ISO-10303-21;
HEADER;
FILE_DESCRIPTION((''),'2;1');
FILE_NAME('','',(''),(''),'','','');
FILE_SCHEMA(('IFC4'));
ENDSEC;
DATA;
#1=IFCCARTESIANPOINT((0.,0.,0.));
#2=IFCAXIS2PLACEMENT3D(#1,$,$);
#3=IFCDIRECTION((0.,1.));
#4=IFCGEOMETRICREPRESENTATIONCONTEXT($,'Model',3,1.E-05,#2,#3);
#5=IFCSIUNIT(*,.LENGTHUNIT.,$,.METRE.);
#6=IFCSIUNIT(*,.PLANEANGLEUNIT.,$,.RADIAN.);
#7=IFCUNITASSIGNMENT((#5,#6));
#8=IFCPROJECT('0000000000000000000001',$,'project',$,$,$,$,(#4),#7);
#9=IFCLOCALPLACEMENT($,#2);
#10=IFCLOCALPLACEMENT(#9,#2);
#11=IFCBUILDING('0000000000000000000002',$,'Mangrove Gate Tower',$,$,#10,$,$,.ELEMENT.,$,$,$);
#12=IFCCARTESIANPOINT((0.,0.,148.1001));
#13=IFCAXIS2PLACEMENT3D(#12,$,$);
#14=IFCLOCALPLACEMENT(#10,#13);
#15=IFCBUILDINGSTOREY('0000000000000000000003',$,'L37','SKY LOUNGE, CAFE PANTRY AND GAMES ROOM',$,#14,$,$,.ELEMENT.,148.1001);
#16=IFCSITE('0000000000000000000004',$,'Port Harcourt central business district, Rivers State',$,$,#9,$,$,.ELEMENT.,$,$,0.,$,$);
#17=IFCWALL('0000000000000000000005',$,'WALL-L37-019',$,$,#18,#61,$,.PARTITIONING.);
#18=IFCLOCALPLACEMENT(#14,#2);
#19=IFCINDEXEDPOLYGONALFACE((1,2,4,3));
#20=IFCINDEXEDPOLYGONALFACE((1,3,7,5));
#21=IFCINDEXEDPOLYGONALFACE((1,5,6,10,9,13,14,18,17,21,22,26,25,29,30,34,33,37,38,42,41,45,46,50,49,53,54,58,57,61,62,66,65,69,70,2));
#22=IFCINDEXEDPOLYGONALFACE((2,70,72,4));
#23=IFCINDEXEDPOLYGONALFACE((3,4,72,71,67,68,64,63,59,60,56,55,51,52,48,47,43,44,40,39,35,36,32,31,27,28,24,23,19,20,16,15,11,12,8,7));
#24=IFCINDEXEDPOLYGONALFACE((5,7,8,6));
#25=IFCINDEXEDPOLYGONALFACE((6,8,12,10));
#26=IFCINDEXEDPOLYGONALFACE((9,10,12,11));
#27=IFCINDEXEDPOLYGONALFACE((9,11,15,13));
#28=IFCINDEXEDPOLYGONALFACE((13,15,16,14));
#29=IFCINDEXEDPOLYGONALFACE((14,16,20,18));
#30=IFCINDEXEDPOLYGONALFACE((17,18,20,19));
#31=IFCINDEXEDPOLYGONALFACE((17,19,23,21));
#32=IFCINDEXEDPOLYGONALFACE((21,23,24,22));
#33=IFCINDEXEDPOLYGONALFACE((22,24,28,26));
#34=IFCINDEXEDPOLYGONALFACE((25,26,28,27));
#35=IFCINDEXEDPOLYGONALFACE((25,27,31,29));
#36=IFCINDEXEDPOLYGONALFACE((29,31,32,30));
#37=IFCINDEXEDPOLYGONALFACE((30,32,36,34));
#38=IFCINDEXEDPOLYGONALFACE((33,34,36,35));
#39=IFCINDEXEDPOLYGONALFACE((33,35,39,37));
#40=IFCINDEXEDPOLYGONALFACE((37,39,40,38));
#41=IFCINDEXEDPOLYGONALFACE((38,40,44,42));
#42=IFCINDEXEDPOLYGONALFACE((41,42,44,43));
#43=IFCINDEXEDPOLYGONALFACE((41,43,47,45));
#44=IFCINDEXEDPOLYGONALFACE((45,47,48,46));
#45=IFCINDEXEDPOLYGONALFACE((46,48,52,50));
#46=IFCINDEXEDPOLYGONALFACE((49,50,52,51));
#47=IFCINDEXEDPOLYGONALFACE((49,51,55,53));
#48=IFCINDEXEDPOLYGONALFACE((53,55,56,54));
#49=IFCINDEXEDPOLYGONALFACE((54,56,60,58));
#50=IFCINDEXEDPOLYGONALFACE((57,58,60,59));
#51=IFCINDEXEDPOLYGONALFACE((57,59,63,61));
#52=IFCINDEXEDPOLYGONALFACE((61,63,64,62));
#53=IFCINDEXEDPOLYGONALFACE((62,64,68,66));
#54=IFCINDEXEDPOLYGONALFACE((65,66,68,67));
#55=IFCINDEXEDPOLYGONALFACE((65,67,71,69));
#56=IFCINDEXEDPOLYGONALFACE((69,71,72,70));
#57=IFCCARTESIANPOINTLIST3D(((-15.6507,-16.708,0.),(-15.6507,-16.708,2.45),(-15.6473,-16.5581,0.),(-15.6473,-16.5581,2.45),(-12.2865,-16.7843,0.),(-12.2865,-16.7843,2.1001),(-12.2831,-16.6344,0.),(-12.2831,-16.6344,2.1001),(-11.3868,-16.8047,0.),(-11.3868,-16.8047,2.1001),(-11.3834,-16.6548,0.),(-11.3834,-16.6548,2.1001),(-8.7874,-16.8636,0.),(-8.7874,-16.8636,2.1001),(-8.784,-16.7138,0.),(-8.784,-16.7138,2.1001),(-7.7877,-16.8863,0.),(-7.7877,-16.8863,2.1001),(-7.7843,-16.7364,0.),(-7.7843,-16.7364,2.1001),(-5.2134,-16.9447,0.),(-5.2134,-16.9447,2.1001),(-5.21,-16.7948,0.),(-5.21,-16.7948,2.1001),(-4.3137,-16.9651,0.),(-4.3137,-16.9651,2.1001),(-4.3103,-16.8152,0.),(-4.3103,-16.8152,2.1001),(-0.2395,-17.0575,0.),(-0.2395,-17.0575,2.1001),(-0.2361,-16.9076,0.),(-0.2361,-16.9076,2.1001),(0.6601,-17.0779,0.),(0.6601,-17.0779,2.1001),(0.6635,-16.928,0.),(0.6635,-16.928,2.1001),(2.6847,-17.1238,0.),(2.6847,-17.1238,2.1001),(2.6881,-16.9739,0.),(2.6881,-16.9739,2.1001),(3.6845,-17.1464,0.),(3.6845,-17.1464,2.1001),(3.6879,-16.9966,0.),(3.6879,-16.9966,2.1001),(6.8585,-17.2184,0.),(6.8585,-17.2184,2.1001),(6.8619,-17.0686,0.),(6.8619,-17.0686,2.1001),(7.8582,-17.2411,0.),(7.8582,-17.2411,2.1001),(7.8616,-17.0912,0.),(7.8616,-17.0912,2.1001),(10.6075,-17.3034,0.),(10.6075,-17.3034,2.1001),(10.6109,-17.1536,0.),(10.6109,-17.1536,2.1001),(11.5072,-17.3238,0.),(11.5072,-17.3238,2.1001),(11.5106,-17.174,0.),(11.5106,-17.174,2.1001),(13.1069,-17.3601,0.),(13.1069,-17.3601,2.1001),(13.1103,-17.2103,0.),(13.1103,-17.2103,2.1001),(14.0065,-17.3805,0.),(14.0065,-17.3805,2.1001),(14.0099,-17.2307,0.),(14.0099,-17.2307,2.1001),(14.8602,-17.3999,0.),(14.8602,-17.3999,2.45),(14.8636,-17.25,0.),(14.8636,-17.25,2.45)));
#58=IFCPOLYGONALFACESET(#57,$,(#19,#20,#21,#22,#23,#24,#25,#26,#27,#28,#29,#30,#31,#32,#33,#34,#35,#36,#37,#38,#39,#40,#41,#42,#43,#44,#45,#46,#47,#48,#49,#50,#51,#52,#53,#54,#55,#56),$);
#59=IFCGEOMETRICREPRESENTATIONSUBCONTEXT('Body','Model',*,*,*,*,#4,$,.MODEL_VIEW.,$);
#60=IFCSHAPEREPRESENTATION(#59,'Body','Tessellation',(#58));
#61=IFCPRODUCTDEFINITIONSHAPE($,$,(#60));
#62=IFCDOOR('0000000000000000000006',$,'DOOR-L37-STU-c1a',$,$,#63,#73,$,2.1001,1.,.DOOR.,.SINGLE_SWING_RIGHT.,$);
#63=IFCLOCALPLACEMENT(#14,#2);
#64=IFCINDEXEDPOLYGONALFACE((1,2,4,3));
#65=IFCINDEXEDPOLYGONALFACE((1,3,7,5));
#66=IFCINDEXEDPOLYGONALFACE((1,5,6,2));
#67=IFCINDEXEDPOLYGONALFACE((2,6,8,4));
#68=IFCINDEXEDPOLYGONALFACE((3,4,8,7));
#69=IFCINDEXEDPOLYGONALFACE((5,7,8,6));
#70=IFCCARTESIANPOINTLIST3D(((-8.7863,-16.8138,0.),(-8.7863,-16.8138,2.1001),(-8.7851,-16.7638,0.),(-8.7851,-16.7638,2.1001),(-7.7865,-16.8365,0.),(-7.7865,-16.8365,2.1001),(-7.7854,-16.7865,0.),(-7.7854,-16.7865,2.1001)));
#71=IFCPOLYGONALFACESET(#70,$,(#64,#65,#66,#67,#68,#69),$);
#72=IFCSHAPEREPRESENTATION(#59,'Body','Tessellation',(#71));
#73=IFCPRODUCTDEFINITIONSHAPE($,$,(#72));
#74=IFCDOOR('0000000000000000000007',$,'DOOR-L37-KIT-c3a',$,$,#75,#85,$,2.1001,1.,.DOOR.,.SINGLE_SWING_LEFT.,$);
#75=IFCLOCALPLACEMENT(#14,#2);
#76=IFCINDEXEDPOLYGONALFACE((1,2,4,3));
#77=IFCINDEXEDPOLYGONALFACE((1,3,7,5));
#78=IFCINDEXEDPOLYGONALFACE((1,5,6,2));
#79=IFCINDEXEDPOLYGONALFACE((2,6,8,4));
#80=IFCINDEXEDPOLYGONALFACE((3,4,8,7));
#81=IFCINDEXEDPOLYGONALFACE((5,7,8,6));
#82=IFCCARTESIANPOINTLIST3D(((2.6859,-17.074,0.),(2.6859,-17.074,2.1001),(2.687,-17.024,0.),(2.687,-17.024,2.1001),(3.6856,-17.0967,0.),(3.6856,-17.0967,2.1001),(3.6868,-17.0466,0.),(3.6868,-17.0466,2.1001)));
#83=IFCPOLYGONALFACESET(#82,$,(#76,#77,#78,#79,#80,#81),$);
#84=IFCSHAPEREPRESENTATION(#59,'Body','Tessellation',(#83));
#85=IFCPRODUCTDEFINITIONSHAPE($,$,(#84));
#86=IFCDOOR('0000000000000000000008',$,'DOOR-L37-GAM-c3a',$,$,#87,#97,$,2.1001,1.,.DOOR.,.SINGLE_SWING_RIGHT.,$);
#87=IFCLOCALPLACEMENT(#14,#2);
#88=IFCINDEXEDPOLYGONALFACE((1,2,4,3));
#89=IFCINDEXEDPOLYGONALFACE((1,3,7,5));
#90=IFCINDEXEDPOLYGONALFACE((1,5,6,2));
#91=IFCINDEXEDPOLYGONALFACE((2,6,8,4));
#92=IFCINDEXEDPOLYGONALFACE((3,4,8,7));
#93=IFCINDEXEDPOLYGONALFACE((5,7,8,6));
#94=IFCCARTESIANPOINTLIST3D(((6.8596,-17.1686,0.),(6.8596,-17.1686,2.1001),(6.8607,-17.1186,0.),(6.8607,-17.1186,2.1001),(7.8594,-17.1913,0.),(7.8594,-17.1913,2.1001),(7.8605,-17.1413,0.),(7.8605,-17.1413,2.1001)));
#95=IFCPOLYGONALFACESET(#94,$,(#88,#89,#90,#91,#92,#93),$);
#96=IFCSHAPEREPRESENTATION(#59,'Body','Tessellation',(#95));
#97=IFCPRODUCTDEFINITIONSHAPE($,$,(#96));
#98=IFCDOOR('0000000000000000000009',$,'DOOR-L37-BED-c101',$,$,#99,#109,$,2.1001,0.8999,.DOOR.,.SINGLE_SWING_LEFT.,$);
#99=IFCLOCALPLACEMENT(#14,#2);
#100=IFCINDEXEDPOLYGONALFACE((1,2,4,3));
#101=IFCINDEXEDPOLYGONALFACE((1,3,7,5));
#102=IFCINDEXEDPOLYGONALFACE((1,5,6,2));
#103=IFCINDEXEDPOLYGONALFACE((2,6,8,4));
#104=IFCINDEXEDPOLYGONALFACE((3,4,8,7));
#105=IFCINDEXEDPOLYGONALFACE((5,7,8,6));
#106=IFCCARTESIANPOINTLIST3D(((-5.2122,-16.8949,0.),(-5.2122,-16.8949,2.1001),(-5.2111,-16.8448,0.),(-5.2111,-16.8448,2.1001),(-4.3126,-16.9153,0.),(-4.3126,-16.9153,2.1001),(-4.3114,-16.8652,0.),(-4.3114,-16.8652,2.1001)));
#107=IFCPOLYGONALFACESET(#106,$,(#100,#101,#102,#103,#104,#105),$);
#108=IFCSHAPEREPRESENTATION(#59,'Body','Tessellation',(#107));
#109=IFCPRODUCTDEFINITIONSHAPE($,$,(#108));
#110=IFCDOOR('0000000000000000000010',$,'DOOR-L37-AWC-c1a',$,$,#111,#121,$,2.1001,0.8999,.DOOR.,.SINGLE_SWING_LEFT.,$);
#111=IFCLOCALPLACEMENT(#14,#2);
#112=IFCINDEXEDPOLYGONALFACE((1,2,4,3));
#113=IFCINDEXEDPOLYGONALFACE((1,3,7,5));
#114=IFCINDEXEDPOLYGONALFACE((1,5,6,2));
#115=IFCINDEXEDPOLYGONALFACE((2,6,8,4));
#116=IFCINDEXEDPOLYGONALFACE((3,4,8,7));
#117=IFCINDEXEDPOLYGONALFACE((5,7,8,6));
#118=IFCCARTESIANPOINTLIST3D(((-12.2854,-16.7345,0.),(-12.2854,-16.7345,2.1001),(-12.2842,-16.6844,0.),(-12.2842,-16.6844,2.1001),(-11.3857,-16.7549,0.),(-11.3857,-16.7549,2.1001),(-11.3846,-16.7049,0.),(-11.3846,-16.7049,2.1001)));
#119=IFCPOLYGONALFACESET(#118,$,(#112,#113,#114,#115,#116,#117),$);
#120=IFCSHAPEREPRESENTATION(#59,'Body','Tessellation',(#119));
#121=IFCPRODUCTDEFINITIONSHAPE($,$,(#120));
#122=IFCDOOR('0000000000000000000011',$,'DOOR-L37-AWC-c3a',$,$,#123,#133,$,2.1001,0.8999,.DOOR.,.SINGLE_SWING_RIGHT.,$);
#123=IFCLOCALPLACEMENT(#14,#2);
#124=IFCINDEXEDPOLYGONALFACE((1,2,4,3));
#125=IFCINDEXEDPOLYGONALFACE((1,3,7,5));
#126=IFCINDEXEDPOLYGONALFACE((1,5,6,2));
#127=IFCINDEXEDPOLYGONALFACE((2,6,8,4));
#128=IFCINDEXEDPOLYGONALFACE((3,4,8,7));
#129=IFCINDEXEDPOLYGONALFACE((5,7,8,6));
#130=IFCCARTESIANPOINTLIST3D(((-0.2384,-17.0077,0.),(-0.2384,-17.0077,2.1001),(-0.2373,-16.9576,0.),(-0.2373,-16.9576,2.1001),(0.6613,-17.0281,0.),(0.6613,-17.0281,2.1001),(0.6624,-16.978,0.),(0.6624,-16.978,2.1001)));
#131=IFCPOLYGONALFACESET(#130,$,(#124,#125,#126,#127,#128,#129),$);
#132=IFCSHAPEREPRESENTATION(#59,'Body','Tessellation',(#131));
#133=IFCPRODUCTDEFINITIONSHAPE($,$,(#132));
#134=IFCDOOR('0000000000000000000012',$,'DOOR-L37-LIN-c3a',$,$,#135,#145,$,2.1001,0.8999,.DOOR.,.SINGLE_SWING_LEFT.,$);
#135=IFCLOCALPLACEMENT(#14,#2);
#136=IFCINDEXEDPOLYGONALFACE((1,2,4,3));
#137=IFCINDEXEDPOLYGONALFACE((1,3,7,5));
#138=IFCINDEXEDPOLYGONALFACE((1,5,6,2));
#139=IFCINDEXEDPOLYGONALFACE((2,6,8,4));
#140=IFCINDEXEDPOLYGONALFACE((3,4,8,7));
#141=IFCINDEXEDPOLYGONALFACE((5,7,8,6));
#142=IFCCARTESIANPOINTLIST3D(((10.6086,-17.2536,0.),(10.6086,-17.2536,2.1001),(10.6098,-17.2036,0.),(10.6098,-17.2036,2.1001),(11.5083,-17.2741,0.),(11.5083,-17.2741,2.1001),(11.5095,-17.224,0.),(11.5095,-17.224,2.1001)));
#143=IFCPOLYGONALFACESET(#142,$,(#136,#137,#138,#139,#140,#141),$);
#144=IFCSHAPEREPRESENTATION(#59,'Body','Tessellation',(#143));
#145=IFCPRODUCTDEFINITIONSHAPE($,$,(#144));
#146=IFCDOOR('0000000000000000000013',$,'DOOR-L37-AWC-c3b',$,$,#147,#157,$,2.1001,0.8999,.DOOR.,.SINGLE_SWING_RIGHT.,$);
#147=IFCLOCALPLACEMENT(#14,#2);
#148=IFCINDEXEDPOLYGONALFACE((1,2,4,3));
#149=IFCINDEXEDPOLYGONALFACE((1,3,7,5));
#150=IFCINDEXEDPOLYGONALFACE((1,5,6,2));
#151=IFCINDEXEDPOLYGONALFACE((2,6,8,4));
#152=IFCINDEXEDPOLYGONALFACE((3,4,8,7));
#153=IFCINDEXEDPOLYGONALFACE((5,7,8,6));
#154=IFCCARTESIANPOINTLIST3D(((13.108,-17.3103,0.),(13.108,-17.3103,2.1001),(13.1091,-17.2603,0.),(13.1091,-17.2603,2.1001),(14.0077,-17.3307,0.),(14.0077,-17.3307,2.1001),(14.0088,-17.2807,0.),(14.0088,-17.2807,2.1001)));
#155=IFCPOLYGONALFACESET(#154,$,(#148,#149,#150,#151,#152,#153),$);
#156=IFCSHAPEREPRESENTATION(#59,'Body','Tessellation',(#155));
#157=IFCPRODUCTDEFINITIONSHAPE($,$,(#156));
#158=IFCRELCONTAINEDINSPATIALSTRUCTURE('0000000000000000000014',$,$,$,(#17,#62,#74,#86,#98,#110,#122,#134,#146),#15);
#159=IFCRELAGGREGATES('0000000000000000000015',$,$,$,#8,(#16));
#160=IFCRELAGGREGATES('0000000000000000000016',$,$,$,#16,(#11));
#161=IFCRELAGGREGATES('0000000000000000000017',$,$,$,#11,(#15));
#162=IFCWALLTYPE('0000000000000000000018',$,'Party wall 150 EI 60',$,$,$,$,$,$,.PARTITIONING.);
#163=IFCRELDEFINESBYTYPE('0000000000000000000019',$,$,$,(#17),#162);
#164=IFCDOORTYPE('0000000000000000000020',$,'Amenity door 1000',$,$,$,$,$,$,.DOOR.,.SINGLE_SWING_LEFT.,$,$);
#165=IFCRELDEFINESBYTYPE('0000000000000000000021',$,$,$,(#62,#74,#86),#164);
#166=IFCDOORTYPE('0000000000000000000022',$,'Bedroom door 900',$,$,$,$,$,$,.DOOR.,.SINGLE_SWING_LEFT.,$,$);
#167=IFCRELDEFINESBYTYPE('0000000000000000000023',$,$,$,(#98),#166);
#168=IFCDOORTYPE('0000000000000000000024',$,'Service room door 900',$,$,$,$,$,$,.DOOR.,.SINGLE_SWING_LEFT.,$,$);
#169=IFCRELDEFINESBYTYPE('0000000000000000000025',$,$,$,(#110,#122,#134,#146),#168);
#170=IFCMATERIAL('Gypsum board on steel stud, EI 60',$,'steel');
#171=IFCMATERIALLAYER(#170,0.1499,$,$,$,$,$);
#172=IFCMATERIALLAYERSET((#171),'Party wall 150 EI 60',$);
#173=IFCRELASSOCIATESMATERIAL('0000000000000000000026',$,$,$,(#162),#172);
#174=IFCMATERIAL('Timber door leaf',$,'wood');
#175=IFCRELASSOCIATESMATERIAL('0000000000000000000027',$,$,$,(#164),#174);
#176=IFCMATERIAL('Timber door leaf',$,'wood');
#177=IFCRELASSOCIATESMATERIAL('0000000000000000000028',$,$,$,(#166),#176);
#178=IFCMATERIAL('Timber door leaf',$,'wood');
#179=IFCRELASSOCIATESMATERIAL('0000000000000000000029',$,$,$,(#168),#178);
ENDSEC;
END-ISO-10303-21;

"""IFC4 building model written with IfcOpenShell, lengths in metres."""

from ifc_helpers import new_model, si_unit, direction, frame, frame_2d, origin, place, context, subcontext, project, spatial, rectangle, extrude, material, layer, layer_set, type_object, element, fill, save


model = new_model("IFC4")

# Units and contexts
model_context = context("Model", 3, precision=1e-05, world=origin(), true_north=direction((0.0, 1.0)))
body_context = subcontext(model_context, "Body", "Model", "MODEL_VIEW")
ifc_project = project(units=[si_unit("LENGTHUNIT", "METRE"), si_unit("PLANEANGLEUNIT", "RADIAN")], contexts=[model_context])

# Site, building, storey
site_placement = place(None, origin())
site = spatial("IfcSite", under=ifc_project, at=site_placement, Name="Port Harcourt central business district, Rivers State", CompositionType="ELEMENT", RefElevation=0.0)
building_placement = place(site_placement, origin())
building = spatial("IfcBuilding", under=site, at=building_placement, Name="Mangrove Gate Tower", CompositionType="ELEMENT")
storey_placement = place(building_placement, frame((0.0, 0.0, 148.1001)))
storey = spatial("IfcBuildingStorey", under=building, at=storey_placement, Name="L37", Description="SKY LOUNGE, CAFE PANTRY AND GAMES ROOM", CompositionType="ELEMENT", Elevation=148.1001)

# Shared definitions
ifc_material_1 = material(Name="Gypsum board on steel stud, EI 60", Category="steel")
ifc_layer_1 = layer(ifc_material_1, 0.1499)
ifc_layer_set_1 = layer_set([ifc_layer_1], Name="Party wall 150 EI 60")
wall_type_1 = type_object("IfcWallType", Name="Party wall 150 EI 60", PredefinedType="PARTITIONING", material=ifc_layer_set_1)

# Wall, openings, doors
wall_1_placement = place(storey_placement, frame((-15.6489, -16.6331, 0.0), z_axis=(0.0, 0.0, 1.0), x_axis=(0.999743, -0.022671, 0.0)))
wall_1 = element("IfcWall", 1, at=wall_1_placement, inside=storey, type_object=wall_type_1, Name="WALL-L37-019", PredefinedType="PARTITIONING", context=body_context, shape_type="SweptSolid", body=[
    extrude(rectangle(XDim=30.5188, YDim=0.1499, at=frame_2d((15.2593, 0.0))), origin(), (0.0, 0.0, 1.0), 2.45),
])
opening_1_placement = place(wall_1_placement, frame((3.365, 0.0, 0.0)))
opening_1 = element("IfcOpeningElement", 2, at=opening_1_placement, cuts=wall_1, PredefinedType="OPENING", context=body_context, shape_type="SweptSolid", body=[
    extrude(rectangle(XDim=0.8999, YDim=2.1001, at=frame_2d((0.45, 1.05))), frame((0.0, 0.085, 0.0), z_axis=(0.0, -1.0, 0.0), x_axis=(1.0, 0.0, 0.0)), (0.0, 0.0, 1.0), 0.1699),
])
opening_2_placement = place(wall_1_placement, frame((6.865, 0.0, 0.0)))
opening_2 = element("IfcOpeningElement", 3, at=opening_2_placement, cuts=wall_1, PredefinedType="OPENING", context=body_context, shape_type="SweptSolid", body=[
    extrude(rectangle(XDim=1.0, YDim=2.1001, at=frame_2d((0.5, 1.05))), frame((0.0, 0.085, 0.0), z_axis=(0.0, -1.0, 0.0), x_axis=(1.0, 0.0, 0.0)), (0.0, 0.0, 1.0), 0.1699),
])
opening_3_placement = place(wall_1_placement, frame((10.4399, 0.0, 0.0)))
opening_3 = element("IfcOpeningElement", 4, at=opening_3_placement, cuts=wall_1, PredefinedType="OPENING", context=body_context, shape_type="SweptSolid", body=[
    extrude(rectangle(XDim=0.8999, YDim=2.1001, at=frame_2d((0.45, 1.05))), frame((0.0, 0.085, 0.0), z_axis=(0.0, -1.0, 0.0), x_axis=(1.0, 0.0, 0.0)), (0.0, 0.0, 1.0), 0.1699),
])
opening_4_placement = place(wall_1_placement, frame((18.3401, 0.0, 0.0)))
opening_4 = element("IfcOpeningElement", 5, at=opening_4_placement, cuts=wall_1, PredefinedType="OPENING", context=body_context, shape_type="SweptSolid", body=[
    extrude(rectangle(XDim=1.0, YDim=2.1001, at=frame_2d((0.5, 1.05))), frame((0.0, 0.085, 0.0), z_axis=(0.0, -1.0, 0.0), x_axis=(1.0, 0.0, 0.0)), (0.0, 0.0, 1.0), 0.1699),
])
opening_5_placement = place(wall_1_placement, frame((15.415, 0.0, 0.0)))
opening_5 = element("IfcOpeningElement", 6, at=opening_5_placement, cuts=wall_1, PredefinedType="OPENING", context=body_context, shape_type="SweptSolid", body=[
    extrude(rectangle(XDim=0.8999, YDim=2.1001, at=frame_2d((0.45, 1.05))), frame((0.0, 0.085, 0.0), z_axis=(0.0, -1.0, 0.0), x_axis=(1.0, 0.0, 0.0)), (0.0, 0.0, 1.0), 0.1699),
])
opening_6_placement = place(wall_1_placement, frame((22.5149, 0.0, 0.0)))
opening_6 = element("IfcOpeningElement", 7, at=opening_6_placement, cuts=wall_1, PredefinedType="OPENING", context=body_context, shape_type="SweptSolid", body=[
    extrude(rectangle(XDim=1.0, YDim=2.1001, at=frame_2d((0.5, 1.05))), frame((0.0, 0.085, 0.0), z_axis=(0.0, -1.0, 0.0), x_axis=(1.0, 0.0, 0.0)), (0.0, 0.0, 1.0), 0.1699),
])
opening_7_placement = place(wall_1_placement, frame((26.2649, 0.0, 0.0)))
opening_7 = element("IfcOpeningElement", 8, at=opening_7_placement, cuts=wall_1, PredefinedType="OPENING", context=body_context, shape_type="SweptSolid", body=[
    extrude(rectangle(XDim=0.8999, YDim=2.1001, at=frame_2d((0.45, 1.05))), frame((0.0, 0.085, 0.0), z_axis=(0.0, -1.0, 0.0), x_axis=(1.0, 0.0, 0.0)), (0.0, 0.0, 1.0), 0.1699),
])
opening_8_placement = place(wall_1_placement, frame((28.7649, 0.0, 0.0)))
opening_8 = element("IfcOpeningElement", 9, at=opening_8_placement, cuts=wall_1, PredefinedType="OPENING", context=body_context, shape_type="SweptSolid", body=[
    extrude(rectangle(XDim=0.8999, YDim=2.1001, at=frame_2d((0.45, 1.05))), frame((0.0, 0.085, 0.0), z_axis=(0.0, -1.0, 0.0), x_axis=(1.0, 0.0, 0.0)), (0.0, 0.0, 1.0), 0.1699),
])
ifc_material_2 = material(Name="Timber door leaf", Category="wood")
door_type_1 = type_object("IfcDoorType", Name="Amenity door 1000", OperationType="SINGLE_SWING_LEFT", PredefinedType="DOOR", material=ifc_material_2)
door_1_placement = place(opening_2_placement, origin())
door_1 = element("IfcDoor", 10, at=door_1_placement, inside=storey, type_object=door_type_1, Name="DOOR-L37-STU-c1a", OperationType="SINGLE_SWING_RIGHT", OverallHeight=2.1001, OverallWidth=1.0, PredefinedType="DOOR", context=body_context, shape_type="SweptSolid", body=[
    extrude(rectangle(XDim=1.0, YDim=2.1001, at=frame_2d((0.5, 1.05))), frame((0.0, 0.0249, 0.0), z_axis=(0.0, -1.0, 0.0), x_axis=(1.0, 0.0, 0.0)), (0.0, 0.0, 1.0), 0.05),
])
fill(opening_2, door_1)
door_2_placement = place(opening_4_placement, origin())
door_2 = element("IfcDoor", 11, at=door_2_placement, inside=storey, type_object=door_type_1, Name="DOOR-L37-KIT-c3a", OperationType="SINGLE_SWING_LEFT", OverallHeight=2.1001, OverallWidth=1.0, PredefinedType="DOOR", context=body_context, shape_type="SweptSolid", body=[
    extrude(rectangle(XDim=1.0, YDim=2.1001, at=frame_2d((0.5, 1.05))), frame((0.0, 0.0249, 0.0), z_axis=(0.0, -1.0, 0.0), x_axis=(1.0, 0.0, 0.0)), (0.0, 0.0, 1.0), 0.05),
])
fill(opening_4, door_2)
door_3_placement = place(opening_6_placement, origin())
door_3 = element("IfcDoor", 12, at=door_3_placement, inside=storey, type_object=door_type_1, Name="DOOR-L37-GAM-c3a", OperationType="SINGLE_SWING_RIGHT", OverallHeight=2.1001, OverallWidth=1.0, PredefinedType="DOOR", context=body_context, shape_type="SweptSolid", body=[
    extrude(rectangle(XDim=1.0, YDim=2.1001, at=frame_2d((0.5, 1.05))), frame((0.0, 0.0249, 0.0), z_axis=(0.0, -1.0, 0.0), x_axis=(1.0, 0.0, 0.0)), (0.0, 0.0, 1.0), 0.05),
])
fill(opening_6, door_3)
ifc_material_3 = material(Name="Timber door leaf", Category="wood")
door_type_2 = type_object("IfcDoorType", Name="Bedroom door 900", OperationType="SINGLE_SWING_LEFT", PredefinedType="DOOR", material=ifc_material_3)
door_4_placement = place(opening_3_placement, origin())
door_4 = element("IfcDoor", 13, at=door_4_placement, inside=storey, type_object=door_type_2, Name="DOOR-L37-BED-c101", OperationType="SINGLE_SWING_LEFT", OverallHeight=2.1001, OverallWidth=0.8999, PredefinedType="DOOR", context=body_context, shape_type="SweptSolid", body=[
    extrude(rectangle(XDim=0.8999, YDim=2.1001, at=frame_2d((0.45, 1.05))), frame((0.0, 0.0249, 0.0), z_axis=(0.0, -1.0, 0.0), x_axis=(1.0, 0.0, 0.0)), (0.0, 0.0, 1.0), 0.05),
])
fill(opening_3, door_4)
ifc_material_4 = material(Name="Timber door leaf", Category="wood")
door_type_3 = type_object("IfcDoorType", Name="Service room door 900", OperationType="SINGLE_SWING_LEFT", PredefinedType="DOOR", material=ifc_material_4)
door_5_placement = place(opening_1_placement, origin())
door_5 = element("IfcDoor", 14, at=door_5_placement, inside=storey, type_object=door_type_3, Name="DOOR-L37-AWC-c1a", OperationType="SINGLE_SWING_LEFT", OverallHeight=2.1001, OverallWidth=0.8999, PredefinedType="DOOR", context=body_context, shape_type="SweptSolid", body=[
    extrude(rectangle(XDim=0.8999, YDim=2.1001, at=frame_2d((0.45, 1.05))), frame((0.0, 0.0249, 0.0), z_axis=(0.0, -1.0, 0.0), x_axis=(1.0, 0.0, 0.0)), (0.0, 0.0, 1.0), 0.05),
])
fill(opening_1, door_5)
door_6_placement = place(opening_5_placement, origin())
door_6 = element("IfcDoor", 15, at=door_6_placement, inside=storey, type_object=door_type_3, Name="DOOR-L37-AWC-c3a", OperationType="SINGLE_SWING_RIGHT", OverallHeight=2.1001, OverallWidth=0.8999, PredefinedType="DOOR", context=body_context, shape_type="SweptSolid", body=[
    extrude(rectangle(XDim=0.8999, YDim=2.1001, at=frame_2d((0.45, 1.05))), frame((0.0, 0.0249, 0.0), z_axis=(0.0, -1.0, 0.0), x_axis=(1.0, 0.0, 0.0)), (0.0, 0.0, 1.0), 0.05),
])
fill(opening_5, door_6)
door_7_placement = place(opening_7_placement, origin())
door_7 = element("IfcDoor", 16, at=door_7_placement, inside=storey, type_object=door_type_3, Name="DOOR-L37-LIN-c3a", OperationType="SINGLE_SWING_LEFT", OverallHeight=2.1001, OverallWidth=0.8999, PredefinedType="DOOR", context=body_context, shape_type="SweptSolid", body=[
    extrude(rectangle(XDim=0.8999, YDim=2.1001, at=frame_2d((0.45, 1.05))), frame((0.0, 0.0249, 0.0), z_axis=(0.0, -1.0, 0.0), x_axis=(1.0, 0.0, 0.0)), (0.0, 0.0, 1.0), 0.05),
])
fill(opening_7, door_7)
door_8_placement = place(opening_8_placement, origin())
door_8 = element("IfcDoor", 17, at=door_8_placement, inside=storey, type_object=door_type_3, Name="DOOR-L37-AWC-c3b", OperationType="SINGLE_SWING_RIGHT", OverallHeight=2.1001, OverallWidth=0.8999, PredefinedType="DOOR", context=body_context, shape_type="SweptSolid", body=[
    extrude(rectangle(XDim=0.8999, YDim=2.1001, at=frame_2d((0.45, 1.05))), frame((0.0, 0.0249, 0.0), z_axis=(0.0, -1.0, 0.0), x_axis=(1.0, 0.0, 0.0)), (0.0, 0.0, 1.0), 0.05),
])
fill(opening_8, door_8)

save(model, "model.ifc")
